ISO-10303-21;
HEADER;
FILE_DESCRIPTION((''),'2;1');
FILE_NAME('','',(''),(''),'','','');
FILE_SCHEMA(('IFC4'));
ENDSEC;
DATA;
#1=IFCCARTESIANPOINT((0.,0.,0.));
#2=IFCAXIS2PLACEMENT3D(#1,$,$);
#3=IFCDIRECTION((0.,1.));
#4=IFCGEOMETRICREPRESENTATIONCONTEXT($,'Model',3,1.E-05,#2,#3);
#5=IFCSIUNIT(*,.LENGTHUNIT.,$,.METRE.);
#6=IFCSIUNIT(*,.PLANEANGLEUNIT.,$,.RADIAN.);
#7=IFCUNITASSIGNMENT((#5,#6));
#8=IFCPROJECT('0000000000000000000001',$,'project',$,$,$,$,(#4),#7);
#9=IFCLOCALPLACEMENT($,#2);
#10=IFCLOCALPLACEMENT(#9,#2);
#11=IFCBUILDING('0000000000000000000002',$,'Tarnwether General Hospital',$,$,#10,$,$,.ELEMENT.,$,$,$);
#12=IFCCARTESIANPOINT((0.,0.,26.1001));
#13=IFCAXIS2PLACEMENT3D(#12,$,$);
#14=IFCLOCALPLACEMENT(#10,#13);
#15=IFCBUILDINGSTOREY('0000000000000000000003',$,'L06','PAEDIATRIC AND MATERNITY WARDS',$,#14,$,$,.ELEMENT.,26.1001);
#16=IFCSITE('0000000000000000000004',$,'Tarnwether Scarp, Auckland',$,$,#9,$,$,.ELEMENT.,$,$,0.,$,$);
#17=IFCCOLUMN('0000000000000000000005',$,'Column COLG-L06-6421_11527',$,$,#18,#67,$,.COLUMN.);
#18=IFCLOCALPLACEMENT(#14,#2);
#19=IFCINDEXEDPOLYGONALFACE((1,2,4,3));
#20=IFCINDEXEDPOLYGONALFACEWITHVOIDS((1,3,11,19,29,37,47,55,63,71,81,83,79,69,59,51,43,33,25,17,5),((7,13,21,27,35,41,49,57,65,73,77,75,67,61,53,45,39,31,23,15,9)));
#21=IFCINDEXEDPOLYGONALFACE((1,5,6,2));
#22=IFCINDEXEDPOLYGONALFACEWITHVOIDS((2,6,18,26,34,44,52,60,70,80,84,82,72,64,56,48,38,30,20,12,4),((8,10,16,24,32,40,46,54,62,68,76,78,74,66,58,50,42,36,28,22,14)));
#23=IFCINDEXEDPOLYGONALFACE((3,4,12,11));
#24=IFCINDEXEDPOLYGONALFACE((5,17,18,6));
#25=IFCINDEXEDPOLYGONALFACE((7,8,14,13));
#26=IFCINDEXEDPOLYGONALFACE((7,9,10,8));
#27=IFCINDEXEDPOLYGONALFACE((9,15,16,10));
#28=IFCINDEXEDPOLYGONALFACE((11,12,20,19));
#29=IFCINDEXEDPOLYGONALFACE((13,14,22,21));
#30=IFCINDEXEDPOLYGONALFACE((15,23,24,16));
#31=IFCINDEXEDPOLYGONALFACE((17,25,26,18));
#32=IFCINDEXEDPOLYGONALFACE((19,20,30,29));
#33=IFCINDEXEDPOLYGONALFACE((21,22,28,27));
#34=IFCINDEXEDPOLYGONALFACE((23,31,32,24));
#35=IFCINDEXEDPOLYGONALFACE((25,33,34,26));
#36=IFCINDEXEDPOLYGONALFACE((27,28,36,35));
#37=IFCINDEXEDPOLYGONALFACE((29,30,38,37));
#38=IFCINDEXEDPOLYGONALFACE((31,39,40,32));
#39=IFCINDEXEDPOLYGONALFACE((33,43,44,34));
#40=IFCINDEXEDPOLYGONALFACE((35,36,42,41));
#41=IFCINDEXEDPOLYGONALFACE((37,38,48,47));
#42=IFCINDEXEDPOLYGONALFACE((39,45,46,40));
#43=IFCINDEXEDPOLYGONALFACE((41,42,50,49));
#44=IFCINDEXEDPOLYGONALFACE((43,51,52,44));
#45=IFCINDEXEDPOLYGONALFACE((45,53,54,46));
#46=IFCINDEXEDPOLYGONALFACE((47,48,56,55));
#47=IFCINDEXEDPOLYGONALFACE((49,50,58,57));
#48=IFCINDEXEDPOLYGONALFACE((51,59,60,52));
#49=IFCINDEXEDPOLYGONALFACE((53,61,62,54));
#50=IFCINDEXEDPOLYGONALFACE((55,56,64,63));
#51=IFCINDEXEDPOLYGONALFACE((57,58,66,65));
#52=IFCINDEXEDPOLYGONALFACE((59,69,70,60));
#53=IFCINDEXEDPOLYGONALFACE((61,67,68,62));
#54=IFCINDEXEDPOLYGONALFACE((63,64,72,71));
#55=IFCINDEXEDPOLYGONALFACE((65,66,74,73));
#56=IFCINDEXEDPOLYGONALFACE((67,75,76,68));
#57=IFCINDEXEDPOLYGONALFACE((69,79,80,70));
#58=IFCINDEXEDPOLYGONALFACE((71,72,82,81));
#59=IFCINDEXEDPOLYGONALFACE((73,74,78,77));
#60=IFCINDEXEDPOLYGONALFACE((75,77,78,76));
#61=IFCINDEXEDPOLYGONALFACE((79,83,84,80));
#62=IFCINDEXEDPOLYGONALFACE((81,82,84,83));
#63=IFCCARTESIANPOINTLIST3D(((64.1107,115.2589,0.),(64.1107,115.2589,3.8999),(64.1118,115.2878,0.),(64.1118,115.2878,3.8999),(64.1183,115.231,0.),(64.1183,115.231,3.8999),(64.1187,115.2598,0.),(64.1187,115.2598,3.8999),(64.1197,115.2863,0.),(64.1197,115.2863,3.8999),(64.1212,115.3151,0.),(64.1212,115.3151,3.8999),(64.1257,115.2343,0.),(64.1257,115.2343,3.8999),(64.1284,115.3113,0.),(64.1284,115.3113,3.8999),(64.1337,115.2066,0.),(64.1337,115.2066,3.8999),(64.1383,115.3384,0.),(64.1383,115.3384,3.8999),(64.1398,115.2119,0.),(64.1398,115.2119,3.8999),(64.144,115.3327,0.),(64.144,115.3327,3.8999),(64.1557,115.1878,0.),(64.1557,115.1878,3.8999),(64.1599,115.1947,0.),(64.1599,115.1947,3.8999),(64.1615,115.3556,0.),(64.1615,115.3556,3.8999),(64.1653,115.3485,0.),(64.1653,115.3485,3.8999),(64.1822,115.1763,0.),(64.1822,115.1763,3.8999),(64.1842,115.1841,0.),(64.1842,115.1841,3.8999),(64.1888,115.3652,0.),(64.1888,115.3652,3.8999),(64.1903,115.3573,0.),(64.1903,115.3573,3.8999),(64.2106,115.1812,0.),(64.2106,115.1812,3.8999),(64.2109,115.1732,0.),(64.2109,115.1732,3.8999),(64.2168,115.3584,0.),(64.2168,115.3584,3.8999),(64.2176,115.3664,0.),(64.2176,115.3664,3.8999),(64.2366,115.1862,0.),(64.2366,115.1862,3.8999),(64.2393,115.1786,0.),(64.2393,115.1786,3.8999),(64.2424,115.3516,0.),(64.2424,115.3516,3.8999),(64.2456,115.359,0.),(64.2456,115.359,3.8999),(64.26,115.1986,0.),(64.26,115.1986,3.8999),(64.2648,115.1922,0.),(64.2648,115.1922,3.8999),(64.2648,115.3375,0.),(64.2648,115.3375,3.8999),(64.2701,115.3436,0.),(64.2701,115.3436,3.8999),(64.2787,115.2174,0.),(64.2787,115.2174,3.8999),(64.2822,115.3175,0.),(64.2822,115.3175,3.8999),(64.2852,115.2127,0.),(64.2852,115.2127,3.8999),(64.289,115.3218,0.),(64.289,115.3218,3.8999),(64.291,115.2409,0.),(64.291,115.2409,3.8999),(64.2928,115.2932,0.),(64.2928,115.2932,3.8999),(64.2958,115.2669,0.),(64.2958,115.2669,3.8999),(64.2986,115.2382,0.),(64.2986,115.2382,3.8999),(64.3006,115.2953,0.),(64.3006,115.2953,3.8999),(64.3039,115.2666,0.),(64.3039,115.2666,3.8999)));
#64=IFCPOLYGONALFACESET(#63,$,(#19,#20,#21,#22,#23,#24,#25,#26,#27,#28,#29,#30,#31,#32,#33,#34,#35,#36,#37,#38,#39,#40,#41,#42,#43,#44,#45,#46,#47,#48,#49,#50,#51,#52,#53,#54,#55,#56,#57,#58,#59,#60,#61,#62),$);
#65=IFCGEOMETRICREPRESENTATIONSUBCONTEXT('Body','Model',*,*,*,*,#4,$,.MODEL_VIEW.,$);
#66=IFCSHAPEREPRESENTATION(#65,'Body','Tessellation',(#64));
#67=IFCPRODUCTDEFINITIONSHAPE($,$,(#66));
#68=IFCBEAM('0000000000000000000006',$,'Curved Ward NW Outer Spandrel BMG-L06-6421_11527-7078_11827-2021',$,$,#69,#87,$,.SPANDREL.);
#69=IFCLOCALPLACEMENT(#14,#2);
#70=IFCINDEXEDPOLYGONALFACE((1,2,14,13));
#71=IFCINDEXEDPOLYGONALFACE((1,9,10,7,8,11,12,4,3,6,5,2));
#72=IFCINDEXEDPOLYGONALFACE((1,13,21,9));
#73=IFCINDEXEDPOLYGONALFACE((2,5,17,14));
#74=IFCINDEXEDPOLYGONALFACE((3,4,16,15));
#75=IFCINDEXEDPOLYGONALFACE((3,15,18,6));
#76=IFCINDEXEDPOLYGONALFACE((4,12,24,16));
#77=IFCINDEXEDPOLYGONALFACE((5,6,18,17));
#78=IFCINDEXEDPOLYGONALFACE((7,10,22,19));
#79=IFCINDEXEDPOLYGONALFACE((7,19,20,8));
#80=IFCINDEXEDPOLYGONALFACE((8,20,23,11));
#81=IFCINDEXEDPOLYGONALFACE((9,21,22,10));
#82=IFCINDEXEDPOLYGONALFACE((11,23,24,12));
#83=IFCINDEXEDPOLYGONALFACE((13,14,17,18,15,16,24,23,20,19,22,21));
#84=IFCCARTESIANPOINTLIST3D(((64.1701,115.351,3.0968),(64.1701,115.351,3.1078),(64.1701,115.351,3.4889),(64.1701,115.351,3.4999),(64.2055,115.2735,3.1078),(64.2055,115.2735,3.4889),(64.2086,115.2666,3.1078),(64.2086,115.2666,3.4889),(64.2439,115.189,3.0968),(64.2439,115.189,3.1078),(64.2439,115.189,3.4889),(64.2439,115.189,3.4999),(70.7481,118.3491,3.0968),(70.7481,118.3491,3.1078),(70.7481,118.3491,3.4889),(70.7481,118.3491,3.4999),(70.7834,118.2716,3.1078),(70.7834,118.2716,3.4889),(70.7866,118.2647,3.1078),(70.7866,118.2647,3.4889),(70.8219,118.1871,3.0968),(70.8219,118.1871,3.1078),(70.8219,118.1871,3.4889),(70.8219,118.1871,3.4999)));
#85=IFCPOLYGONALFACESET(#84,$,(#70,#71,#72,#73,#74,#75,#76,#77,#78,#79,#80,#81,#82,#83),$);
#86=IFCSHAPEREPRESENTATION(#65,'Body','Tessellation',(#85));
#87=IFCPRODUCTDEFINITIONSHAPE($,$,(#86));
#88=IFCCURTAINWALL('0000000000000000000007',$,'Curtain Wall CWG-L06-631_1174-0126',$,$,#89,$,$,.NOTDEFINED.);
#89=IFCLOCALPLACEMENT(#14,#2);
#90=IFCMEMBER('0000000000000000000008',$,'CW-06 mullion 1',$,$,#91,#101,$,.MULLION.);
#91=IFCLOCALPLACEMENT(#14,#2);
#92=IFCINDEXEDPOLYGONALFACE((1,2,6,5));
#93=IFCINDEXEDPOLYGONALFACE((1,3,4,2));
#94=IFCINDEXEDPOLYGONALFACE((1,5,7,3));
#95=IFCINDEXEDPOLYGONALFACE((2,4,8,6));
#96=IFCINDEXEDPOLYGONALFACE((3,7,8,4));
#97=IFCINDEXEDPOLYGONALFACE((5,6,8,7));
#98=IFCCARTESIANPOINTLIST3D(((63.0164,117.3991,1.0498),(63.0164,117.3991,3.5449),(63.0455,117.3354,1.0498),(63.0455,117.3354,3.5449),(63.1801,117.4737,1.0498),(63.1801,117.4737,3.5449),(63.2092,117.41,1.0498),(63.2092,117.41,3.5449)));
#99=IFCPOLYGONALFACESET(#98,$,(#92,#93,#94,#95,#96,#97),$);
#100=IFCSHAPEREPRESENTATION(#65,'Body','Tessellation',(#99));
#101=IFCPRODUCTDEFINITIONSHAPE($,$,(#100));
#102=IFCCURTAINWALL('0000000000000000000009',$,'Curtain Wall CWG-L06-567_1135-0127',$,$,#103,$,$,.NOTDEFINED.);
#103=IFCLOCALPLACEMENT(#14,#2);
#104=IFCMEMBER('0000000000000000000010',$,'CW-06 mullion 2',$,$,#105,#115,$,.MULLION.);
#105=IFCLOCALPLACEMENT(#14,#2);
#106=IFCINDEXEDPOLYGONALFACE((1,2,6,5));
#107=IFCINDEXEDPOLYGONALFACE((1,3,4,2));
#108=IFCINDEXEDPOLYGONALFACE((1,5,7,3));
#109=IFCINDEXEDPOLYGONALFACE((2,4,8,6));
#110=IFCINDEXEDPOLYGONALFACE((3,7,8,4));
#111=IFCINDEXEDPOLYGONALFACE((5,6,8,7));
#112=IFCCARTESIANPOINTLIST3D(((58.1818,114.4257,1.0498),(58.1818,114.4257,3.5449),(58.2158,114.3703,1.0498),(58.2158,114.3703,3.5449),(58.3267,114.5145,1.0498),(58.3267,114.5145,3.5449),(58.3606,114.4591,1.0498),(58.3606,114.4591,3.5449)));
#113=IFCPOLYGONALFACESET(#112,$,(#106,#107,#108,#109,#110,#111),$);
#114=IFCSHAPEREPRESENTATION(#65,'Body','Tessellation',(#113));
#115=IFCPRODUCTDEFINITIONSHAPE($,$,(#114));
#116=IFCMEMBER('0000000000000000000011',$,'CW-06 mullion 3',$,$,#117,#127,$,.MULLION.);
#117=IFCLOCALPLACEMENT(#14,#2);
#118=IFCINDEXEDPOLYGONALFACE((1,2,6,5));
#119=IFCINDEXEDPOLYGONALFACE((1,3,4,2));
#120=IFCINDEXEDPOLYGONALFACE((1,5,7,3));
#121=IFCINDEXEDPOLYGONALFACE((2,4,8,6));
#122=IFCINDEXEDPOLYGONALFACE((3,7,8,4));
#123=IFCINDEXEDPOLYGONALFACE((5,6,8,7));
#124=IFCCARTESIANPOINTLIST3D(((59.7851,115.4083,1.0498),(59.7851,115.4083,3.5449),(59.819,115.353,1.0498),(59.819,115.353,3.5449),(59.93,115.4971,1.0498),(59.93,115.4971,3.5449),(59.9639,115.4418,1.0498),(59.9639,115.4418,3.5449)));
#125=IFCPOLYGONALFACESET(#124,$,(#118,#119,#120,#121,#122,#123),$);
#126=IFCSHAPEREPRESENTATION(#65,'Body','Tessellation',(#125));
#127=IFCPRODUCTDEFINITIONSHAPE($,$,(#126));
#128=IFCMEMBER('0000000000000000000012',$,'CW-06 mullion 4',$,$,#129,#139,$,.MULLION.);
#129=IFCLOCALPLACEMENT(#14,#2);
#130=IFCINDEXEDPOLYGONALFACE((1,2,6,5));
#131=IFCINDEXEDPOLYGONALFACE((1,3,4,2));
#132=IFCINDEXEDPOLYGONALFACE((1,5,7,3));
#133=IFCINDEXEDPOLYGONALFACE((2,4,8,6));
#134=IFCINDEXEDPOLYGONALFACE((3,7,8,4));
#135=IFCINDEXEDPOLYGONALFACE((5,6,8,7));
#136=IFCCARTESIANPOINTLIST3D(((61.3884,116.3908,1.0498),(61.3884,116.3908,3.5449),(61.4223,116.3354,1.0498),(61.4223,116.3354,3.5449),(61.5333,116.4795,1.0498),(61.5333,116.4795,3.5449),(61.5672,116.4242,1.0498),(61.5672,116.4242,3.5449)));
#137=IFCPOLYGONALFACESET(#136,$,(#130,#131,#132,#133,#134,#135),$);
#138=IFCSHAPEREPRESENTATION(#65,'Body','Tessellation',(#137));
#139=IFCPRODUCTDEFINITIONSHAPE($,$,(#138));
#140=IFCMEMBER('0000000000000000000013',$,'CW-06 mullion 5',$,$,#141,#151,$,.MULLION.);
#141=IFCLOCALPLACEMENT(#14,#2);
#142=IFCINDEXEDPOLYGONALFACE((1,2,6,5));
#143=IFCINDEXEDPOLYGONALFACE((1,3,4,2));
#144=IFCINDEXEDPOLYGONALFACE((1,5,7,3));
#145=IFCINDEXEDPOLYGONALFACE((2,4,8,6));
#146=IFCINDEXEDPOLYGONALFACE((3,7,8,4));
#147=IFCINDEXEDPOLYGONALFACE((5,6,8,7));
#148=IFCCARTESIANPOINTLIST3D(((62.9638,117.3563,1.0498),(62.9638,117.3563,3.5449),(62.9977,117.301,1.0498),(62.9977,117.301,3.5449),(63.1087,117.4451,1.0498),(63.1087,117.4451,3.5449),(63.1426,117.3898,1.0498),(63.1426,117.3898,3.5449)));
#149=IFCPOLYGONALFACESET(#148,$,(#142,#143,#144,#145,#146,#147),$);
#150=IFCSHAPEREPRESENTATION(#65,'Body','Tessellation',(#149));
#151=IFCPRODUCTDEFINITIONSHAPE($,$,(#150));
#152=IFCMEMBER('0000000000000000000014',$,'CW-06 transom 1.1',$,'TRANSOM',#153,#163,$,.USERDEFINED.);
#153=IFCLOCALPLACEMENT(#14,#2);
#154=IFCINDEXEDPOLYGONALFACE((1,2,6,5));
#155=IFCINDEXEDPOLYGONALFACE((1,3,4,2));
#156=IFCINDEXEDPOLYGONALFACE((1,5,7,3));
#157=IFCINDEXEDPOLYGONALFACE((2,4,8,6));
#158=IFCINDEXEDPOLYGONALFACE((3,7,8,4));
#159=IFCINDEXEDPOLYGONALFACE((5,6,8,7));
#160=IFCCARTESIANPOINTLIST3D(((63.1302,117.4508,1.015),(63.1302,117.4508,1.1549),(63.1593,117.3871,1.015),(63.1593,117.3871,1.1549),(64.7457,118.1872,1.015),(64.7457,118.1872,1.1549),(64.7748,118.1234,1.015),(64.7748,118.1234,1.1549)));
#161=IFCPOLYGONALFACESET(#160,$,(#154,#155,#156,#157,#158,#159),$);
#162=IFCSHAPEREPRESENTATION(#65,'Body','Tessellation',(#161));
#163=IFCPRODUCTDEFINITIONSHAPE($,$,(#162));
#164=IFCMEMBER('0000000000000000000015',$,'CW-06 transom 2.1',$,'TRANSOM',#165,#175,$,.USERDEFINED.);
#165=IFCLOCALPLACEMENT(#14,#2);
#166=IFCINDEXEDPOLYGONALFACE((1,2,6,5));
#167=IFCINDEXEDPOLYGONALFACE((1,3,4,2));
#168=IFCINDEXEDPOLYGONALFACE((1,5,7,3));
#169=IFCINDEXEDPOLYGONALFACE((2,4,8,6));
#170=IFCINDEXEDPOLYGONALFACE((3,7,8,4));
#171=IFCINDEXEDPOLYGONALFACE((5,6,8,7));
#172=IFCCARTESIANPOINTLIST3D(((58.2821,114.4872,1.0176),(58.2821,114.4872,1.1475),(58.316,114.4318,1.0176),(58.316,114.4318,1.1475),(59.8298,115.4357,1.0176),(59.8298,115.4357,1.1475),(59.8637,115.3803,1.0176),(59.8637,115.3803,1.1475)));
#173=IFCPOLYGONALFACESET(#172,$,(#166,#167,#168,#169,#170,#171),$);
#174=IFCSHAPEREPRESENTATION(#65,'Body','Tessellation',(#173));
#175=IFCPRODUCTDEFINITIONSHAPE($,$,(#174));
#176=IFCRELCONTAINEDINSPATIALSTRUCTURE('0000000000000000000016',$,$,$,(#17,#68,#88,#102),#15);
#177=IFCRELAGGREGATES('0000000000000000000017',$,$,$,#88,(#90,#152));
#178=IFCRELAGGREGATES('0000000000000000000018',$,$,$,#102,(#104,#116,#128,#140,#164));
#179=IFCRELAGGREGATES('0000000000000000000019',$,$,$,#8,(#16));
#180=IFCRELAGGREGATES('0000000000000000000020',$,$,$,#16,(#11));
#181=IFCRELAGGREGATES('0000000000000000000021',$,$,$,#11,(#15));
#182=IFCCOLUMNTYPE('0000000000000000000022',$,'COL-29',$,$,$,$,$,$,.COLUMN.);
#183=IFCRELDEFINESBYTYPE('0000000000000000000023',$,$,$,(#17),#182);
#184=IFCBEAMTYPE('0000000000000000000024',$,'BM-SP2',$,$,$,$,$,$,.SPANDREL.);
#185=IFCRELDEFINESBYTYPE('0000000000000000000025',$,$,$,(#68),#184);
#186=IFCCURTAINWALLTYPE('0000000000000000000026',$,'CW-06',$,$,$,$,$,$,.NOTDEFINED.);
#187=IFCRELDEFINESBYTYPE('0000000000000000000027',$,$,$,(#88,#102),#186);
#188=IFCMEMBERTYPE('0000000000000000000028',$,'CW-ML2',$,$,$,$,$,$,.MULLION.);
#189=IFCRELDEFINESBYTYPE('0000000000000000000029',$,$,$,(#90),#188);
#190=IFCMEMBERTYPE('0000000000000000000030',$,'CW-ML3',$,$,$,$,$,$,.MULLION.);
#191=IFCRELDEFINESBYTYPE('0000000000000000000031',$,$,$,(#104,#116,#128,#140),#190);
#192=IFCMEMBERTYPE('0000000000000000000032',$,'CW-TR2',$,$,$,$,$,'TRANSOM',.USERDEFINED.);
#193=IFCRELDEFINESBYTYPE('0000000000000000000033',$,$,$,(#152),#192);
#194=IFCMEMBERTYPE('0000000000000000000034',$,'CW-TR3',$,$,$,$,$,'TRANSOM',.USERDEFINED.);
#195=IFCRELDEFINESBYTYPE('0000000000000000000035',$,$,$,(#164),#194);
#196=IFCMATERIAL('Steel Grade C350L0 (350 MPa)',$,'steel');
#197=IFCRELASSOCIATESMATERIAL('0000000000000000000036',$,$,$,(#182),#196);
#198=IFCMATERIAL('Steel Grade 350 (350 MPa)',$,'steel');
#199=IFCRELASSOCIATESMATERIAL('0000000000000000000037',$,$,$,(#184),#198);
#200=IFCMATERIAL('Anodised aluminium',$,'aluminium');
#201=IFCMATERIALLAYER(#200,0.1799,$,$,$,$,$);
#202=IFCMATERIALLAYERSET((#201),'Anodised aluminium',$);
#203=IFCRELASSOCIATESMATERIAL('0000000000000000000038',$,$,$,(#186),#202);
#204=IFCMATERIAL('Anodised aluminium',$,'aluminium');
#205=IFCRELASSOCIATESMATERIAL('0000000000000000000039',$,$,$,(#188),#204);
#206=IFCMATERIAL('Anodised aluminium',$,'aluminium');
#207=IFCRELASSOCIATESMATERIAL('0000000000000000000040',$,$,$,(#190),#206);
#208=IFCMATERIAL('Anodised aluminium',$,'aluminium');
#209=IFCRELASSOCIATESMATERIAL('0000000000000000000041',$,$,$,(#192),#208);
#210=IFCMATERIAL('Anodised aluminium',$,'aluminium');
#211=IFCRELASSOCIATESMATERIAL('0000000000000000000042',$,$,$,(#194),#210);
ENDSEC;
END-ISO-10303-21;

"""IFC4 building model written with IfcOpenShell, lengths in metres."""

from ifc_helpers import new_model, si_unit, direction, frame, origin, origin_2d, place, context, subcontext, project, spatial, rectangle, hollow_circle, i_section, extrude, material, layer, layer_set, material_profile, profile_set, type_object, element, aggregate, save


model = new_model("IFC4")

# Units and contexts
model_context = context("Model", 3, precision=1e-05, world=origin(), true_north=direction((0.0, 1.0)))
body_context = subcontext(model_context, "Body", "Model", "MODEL_VIEW")
ifc_project = project(units=[si_unit("LENGTHUNIT", "METRE"), si_unit("PLANEANGLEUNIT", "RADIAN")], contexts=[model_context])

# Site, building, storey
site_placement = place(None, origin())
site = spatial("IfcSite", under=ifc_project, at=site_placement, Name="Tarnwether Scarp, Auckland", CompositionType="ELEMENT", RefElevation=0.0)
building_placement = place(site_placement, origin())
building = spatial("IfcBuilding", under=site, at=building_placement, Name="Tarnwether General Hospital", CompositionType="ELEMENT")
storey_placement = place(building_placement, frame((0.0, 0.0, 26.1001)))
storey = spatial("IfcBuildingStorey", under=building, at=storey_placement, Name="L06", Description="PAEDIATRIC AND MATERNITY WARDS", CompositionType="ELEMENT", Elevation=26.1001)

# Column
ifc_material_1 = material(Name="Steel Grade C350L0 (350 MPa)", Category="steel")
ifc_material_profile_1 = material_profile(ifc_material_1, hollow_circle(Radius=0.0969, WallThickness=0.0081, at=origin_2d()), Name="CHS193.7x8.0")
ifc_profile_set_1 = profile_set([ifc_material_profile_1], Name="Steel Grade C350L0 (350 MPa)")
column_type = type_object("IfcColumnType", Name="COL-29", PredefinedType="COLUMN", material=ifc_profile_set_1)
column_placement = place(storey_placement, frame((64.207, 115.27, 0.0), z_axis=(0.0, 0.0, 1.0), x_axis=(-0.469472, 0.882948, 0.0)))
element("IfcColumn", 1, at=column_placement, inside=storey, type_object=column_type, Name="Column COLG-L06-6421_11527", PredefinedType="COLUMN", context=body_context, shape_type="SweptSolid", body=[
    extrude(hollow_circle(Radius=0.0969, WallThickness=0.0081, at=origin_2d()), origin(), (0.0, 0.0, 1.0), 3.8999),
])

# Beam
ifc_material_2 = material(Name="Steel Grade 350 (350 MPa)", Category="steel")
ifc_material_profile_2 = material_profile(ifc_material_2, i_section(OverallWidth=0.178, OverallDepth=0.4031, WebThickness=0.0076, FlangeThickness=0.011, at=origin_2d()), Name="410UB53.7")
ifc_profile_set_2 = profile_set([ifc_material_profile_2], Name="Steel Grade 350 (350 MPa)")
beam_type = type_object("IfcBeamType", Name="BM-SP2", PredefinedType="SPANDREL", material=ifc_profile_set_2)
beam_placement = place(storey_placement, frame((64.207, 115.27, 3.2983), z_axis=(0.909944, 0.414731, 0.0), x_axis=(-0.414731, 0.909944, 0.0)))
element("IfcBeam", 2, at=beam_placement, inside=storey, type_object=beam_type, Name="Curved Ward NW Outer Spandrel BMG-L06-6421_11527-7078_11827-2021", PredefinedType="SPANDREL", context=body_context, shape_type="SweptSolid", body=[
    extrude(i_section(OverallWidth=0.178, OverallDepth=0.4031, WebThickness=0.0076, FlangeThickness=0.011, at=origin_2d()), origin(), (0.0, 0.0, 1.0), 7.229),
])

# Curtain wall, member
ifc_material_3 = material(Name="Anodised aluminium", Category="aluminium")
ifc_layer_1 = layer(ifc_material_3, 0.1799)
ifc_layer_set_1 = layer_set([ifc_layer_1], Name="Anodised aluminium")
curtain_wall_type = type_object("IfcCurtainWallType", Name="CW-06", PredefinedType="NOTDEFINED", material=ifc_layer_set_1)
curtain_wall_1_placement = place(storey_placement, origin())
curtain_wall_1 = element("IfcCurtainWall", 3, at=curtain_wall_1_placement, inside=storey, type_object=curtain_wall_type, Name="Curtain Wall CWG-L06-631_1174-0126", PredefinedType="NOTDEFINED")
ifc_material_4 = material(Name="Anodised aluminium", Category="aluminium")
ifc_material_profile_3 = material_profile(ifc_material_4, rectangle(XDim=0.0701, YDim=0.1799, at=origin_2d()), Name="ALU-MUL-70x180")
ifc_profile_set_3 = profile_set([ifc_material_profile_3], Name="Anodised aluminium")
member_type_1 = type_object("IfcMemberType", Name="CW-ML2", PredefinedType="MULLION", material=ifc_profile_set_3)
member_1_placement = place(storey_placement, frame((63.1128, 117.4045, 1.0498), z_axis=(0.0, 0.0, 1.0), x_axis=(-0.414694, 0.909961, 0.0)))
member_1 = element("IfcMember", 4, at=member_1_placement, type_object=member_type_1, Name="CW-06 mullion 1", PredefinedType="MULLION", context=body_context, shape_type="SweptSolid", body=[
    extrude(rectangle(XDim=0.0701, YDim=0.1799, at=origin_2d()), origin(), (0.0, 0.0, 1.0), 2.4951),
])

# Curtain wall, members
curtain_wall_2_placement = place(storey_placement, origin())
curtain_wall_2 = element("IfcCurtainWall", 5, at=curtain_wall_2_placement, inside=storey, type_object=curtain_wall_type, Name="Curtain Wall CWG-L06-567_1135-0127", PredefinedType="NOTDEFINED")
ifc_material_5 = material(Name="Anodised aluminium", Category="aluminium")
ifc_material_profile_4 = material_profile(ifc_material_5, rectangle(XDim=0.0649, YDim=0.1699, at=origin_2d()), Name="ALU-MUL-65x170")
ifc_profile_set_4 = profile_set([ifc_material_profile_4], Name="Anodised aluminium")
member_type_2 = type_object("IfcMemberType", Name="CW-ML3", PredefinedType="MULLION", material=ifc_profile_set_4)
member_2_placement = place(storey_placement, frame((58.2712, 114.4424, 1.0498), z_axis=(0.0, 0.0, 1.0), x_axis=(-0.522509, 0.852634, 0.0)))
member_2 = element("IfcMember", 6, at=member_2_placement, type_object=member_type_2, Name="CW-06 mullion 2", PredefinedType="MULLION", context=body_context, shape_type="SweptSolid", body=[
    extrude(rectangle(XDim=0.0649, YDim=0.1699, at=origin_2d()), origin(), (0.0, 0.0, 1.0), 2.4951),
])
member_3_placement = place(storey_placement, frame((59.8745, 115.425, 1.0498), z_axis=(0.0, 0.0, 1.0), x_axis=(-0.522509, 0.852634, 0.0)))
member_3 = element("IfcMember", 7, at=member_3_placement, type_object=member_type_2, Name="CW-06 mullion 3", PredefinedType="MULLION", context=body_context, shape_type="SweptSolid", body=[
    extrude(rectangle(XDim=0.0649, YDim=0.1699, at=origin_2d()), origin(), (0.0, 0.0, 1.0), 2.4951),
])
member_4_placement = place(storey_placement, frame((61.4778, 116.4075, 1.0498), z_axis=(0.0, 0.0, 1.0), x_axis=(-0.522509, 0.852634, 0.0)))
member_4 = element("IfcMember", 8, at=member_4_placement, type_object=member_type_2, Name="CW-06 mullion 4", PredefinedType="MULLION", context=body_context, shape_type="SweptSolid", body=[
    extrude(rectangle(XDim=0.0649, YDim=0.1699, at=origin_2d()), origin(), (0.0, 0.0, 1.0), 2.4951),
])
member_5_placement = place(storey_placement, frame((63.0532, 117.373, 1.0498), z_axis=(0.0, 0.0, 1.0), x_axis=(-0.522509, 0.852634, 0.0)))
member_5 = element("IfcMember", 9, at=member_5_placement, type_object=member_type_2, Name="CW-06 mullion 5", PredefinedType="MULLION", context=body_context, shape_type="SweptSolid", body=[
    extrude(rectangle(XDim=0.0649, YDim=0.1699, at=origin_2d()), origin(), (0.0, 0.0, 1.0), 2.4951),
])

# Members
ifc_material_6 = material(Name="Anodised aluminium", Category="aluminium")
ifc_material_profile_5 = material_profile(ifc_material_6, rectangle(XDim=0.0701, YDim=0.1399, at=origin_2d()), Name="ALU-TRN-70x140")
ifc_profile_set_5 = profile_set([ifc_material_profile_5], Name="Anodised aluminium")
member_type_3 = type_object("IfcMemberType", Name="CW-TR2", ElementType="TRANSOM", PredefinedType="USERDEFINED", material=ifc_profile_set_5)
member_6_placement = place(storey_placement, frame((63.1448, 117.4189, 1.085), z_axis=(0.909937, 0.414746, 0.0), x_axis=(-0.414746, 0.909937, 0.0)))
member_6 = element("IfcMember", 10, at=member_6_placement, type_object=member_type_3, Name="CW-06 transom 1.1", ObjectType="TRANSOM", PredefinedType="USERDEFINED", context=body_context, shape_type="SweptSolid", body=[
    extrude(rectangle(XDim=0.0701, YDim=0.1399, at=origin_2d()), origin(), (0.0, 0.0, 1.0), 1.7754),
])
aggregate(curtain_wall_1, [member_1, member_6])
ifc_material_7 = material(Name="Anodised aluminium", Category="aluminium")
ifc_material_profile_6 = material_profile(ifc_material_7, rectangle(XDim=0.0649, YDim=0.1299, at=origin_2d()), Name="ALU-TRN-65x130")
ifc_profile_set_6 = profile_set([ifc_material_profile_6], Name="Anodised aluminium")
member_type_4 = type_object("IfcMemberType", Name="CW-TR3", ElementType="TRANSOM", PredefinedType="USERDEFINED", material=ifc_profile_set_6)
member_7_placement = place(storey_placement, frame((58.2991, 114.4595, 1.0825), z_axis=(0.852613, 0.522543, 0.0), x_axis=(-0.522543, 0.852613, 0.0)))
member_7 = element("IfcMember", 11, at=member_7_placement, type_object=member_type_4, Name="CW-06 transom 2.1", ObjectType="TRANSOM", PredefinedType="USERDEFINED", context=body_context, shape_type="SweptSolid", body=[
    extrude(rectangle(XDim=0.0649, YDim=0.1299, at=origin_2d()), origin(), (0.0, 0.0, 1.0), 1.8152),
])

aggregate(curtain_wall_2, [member_2, member_3, member_4, member_5, member_7])

save(model, "model.ifc")
